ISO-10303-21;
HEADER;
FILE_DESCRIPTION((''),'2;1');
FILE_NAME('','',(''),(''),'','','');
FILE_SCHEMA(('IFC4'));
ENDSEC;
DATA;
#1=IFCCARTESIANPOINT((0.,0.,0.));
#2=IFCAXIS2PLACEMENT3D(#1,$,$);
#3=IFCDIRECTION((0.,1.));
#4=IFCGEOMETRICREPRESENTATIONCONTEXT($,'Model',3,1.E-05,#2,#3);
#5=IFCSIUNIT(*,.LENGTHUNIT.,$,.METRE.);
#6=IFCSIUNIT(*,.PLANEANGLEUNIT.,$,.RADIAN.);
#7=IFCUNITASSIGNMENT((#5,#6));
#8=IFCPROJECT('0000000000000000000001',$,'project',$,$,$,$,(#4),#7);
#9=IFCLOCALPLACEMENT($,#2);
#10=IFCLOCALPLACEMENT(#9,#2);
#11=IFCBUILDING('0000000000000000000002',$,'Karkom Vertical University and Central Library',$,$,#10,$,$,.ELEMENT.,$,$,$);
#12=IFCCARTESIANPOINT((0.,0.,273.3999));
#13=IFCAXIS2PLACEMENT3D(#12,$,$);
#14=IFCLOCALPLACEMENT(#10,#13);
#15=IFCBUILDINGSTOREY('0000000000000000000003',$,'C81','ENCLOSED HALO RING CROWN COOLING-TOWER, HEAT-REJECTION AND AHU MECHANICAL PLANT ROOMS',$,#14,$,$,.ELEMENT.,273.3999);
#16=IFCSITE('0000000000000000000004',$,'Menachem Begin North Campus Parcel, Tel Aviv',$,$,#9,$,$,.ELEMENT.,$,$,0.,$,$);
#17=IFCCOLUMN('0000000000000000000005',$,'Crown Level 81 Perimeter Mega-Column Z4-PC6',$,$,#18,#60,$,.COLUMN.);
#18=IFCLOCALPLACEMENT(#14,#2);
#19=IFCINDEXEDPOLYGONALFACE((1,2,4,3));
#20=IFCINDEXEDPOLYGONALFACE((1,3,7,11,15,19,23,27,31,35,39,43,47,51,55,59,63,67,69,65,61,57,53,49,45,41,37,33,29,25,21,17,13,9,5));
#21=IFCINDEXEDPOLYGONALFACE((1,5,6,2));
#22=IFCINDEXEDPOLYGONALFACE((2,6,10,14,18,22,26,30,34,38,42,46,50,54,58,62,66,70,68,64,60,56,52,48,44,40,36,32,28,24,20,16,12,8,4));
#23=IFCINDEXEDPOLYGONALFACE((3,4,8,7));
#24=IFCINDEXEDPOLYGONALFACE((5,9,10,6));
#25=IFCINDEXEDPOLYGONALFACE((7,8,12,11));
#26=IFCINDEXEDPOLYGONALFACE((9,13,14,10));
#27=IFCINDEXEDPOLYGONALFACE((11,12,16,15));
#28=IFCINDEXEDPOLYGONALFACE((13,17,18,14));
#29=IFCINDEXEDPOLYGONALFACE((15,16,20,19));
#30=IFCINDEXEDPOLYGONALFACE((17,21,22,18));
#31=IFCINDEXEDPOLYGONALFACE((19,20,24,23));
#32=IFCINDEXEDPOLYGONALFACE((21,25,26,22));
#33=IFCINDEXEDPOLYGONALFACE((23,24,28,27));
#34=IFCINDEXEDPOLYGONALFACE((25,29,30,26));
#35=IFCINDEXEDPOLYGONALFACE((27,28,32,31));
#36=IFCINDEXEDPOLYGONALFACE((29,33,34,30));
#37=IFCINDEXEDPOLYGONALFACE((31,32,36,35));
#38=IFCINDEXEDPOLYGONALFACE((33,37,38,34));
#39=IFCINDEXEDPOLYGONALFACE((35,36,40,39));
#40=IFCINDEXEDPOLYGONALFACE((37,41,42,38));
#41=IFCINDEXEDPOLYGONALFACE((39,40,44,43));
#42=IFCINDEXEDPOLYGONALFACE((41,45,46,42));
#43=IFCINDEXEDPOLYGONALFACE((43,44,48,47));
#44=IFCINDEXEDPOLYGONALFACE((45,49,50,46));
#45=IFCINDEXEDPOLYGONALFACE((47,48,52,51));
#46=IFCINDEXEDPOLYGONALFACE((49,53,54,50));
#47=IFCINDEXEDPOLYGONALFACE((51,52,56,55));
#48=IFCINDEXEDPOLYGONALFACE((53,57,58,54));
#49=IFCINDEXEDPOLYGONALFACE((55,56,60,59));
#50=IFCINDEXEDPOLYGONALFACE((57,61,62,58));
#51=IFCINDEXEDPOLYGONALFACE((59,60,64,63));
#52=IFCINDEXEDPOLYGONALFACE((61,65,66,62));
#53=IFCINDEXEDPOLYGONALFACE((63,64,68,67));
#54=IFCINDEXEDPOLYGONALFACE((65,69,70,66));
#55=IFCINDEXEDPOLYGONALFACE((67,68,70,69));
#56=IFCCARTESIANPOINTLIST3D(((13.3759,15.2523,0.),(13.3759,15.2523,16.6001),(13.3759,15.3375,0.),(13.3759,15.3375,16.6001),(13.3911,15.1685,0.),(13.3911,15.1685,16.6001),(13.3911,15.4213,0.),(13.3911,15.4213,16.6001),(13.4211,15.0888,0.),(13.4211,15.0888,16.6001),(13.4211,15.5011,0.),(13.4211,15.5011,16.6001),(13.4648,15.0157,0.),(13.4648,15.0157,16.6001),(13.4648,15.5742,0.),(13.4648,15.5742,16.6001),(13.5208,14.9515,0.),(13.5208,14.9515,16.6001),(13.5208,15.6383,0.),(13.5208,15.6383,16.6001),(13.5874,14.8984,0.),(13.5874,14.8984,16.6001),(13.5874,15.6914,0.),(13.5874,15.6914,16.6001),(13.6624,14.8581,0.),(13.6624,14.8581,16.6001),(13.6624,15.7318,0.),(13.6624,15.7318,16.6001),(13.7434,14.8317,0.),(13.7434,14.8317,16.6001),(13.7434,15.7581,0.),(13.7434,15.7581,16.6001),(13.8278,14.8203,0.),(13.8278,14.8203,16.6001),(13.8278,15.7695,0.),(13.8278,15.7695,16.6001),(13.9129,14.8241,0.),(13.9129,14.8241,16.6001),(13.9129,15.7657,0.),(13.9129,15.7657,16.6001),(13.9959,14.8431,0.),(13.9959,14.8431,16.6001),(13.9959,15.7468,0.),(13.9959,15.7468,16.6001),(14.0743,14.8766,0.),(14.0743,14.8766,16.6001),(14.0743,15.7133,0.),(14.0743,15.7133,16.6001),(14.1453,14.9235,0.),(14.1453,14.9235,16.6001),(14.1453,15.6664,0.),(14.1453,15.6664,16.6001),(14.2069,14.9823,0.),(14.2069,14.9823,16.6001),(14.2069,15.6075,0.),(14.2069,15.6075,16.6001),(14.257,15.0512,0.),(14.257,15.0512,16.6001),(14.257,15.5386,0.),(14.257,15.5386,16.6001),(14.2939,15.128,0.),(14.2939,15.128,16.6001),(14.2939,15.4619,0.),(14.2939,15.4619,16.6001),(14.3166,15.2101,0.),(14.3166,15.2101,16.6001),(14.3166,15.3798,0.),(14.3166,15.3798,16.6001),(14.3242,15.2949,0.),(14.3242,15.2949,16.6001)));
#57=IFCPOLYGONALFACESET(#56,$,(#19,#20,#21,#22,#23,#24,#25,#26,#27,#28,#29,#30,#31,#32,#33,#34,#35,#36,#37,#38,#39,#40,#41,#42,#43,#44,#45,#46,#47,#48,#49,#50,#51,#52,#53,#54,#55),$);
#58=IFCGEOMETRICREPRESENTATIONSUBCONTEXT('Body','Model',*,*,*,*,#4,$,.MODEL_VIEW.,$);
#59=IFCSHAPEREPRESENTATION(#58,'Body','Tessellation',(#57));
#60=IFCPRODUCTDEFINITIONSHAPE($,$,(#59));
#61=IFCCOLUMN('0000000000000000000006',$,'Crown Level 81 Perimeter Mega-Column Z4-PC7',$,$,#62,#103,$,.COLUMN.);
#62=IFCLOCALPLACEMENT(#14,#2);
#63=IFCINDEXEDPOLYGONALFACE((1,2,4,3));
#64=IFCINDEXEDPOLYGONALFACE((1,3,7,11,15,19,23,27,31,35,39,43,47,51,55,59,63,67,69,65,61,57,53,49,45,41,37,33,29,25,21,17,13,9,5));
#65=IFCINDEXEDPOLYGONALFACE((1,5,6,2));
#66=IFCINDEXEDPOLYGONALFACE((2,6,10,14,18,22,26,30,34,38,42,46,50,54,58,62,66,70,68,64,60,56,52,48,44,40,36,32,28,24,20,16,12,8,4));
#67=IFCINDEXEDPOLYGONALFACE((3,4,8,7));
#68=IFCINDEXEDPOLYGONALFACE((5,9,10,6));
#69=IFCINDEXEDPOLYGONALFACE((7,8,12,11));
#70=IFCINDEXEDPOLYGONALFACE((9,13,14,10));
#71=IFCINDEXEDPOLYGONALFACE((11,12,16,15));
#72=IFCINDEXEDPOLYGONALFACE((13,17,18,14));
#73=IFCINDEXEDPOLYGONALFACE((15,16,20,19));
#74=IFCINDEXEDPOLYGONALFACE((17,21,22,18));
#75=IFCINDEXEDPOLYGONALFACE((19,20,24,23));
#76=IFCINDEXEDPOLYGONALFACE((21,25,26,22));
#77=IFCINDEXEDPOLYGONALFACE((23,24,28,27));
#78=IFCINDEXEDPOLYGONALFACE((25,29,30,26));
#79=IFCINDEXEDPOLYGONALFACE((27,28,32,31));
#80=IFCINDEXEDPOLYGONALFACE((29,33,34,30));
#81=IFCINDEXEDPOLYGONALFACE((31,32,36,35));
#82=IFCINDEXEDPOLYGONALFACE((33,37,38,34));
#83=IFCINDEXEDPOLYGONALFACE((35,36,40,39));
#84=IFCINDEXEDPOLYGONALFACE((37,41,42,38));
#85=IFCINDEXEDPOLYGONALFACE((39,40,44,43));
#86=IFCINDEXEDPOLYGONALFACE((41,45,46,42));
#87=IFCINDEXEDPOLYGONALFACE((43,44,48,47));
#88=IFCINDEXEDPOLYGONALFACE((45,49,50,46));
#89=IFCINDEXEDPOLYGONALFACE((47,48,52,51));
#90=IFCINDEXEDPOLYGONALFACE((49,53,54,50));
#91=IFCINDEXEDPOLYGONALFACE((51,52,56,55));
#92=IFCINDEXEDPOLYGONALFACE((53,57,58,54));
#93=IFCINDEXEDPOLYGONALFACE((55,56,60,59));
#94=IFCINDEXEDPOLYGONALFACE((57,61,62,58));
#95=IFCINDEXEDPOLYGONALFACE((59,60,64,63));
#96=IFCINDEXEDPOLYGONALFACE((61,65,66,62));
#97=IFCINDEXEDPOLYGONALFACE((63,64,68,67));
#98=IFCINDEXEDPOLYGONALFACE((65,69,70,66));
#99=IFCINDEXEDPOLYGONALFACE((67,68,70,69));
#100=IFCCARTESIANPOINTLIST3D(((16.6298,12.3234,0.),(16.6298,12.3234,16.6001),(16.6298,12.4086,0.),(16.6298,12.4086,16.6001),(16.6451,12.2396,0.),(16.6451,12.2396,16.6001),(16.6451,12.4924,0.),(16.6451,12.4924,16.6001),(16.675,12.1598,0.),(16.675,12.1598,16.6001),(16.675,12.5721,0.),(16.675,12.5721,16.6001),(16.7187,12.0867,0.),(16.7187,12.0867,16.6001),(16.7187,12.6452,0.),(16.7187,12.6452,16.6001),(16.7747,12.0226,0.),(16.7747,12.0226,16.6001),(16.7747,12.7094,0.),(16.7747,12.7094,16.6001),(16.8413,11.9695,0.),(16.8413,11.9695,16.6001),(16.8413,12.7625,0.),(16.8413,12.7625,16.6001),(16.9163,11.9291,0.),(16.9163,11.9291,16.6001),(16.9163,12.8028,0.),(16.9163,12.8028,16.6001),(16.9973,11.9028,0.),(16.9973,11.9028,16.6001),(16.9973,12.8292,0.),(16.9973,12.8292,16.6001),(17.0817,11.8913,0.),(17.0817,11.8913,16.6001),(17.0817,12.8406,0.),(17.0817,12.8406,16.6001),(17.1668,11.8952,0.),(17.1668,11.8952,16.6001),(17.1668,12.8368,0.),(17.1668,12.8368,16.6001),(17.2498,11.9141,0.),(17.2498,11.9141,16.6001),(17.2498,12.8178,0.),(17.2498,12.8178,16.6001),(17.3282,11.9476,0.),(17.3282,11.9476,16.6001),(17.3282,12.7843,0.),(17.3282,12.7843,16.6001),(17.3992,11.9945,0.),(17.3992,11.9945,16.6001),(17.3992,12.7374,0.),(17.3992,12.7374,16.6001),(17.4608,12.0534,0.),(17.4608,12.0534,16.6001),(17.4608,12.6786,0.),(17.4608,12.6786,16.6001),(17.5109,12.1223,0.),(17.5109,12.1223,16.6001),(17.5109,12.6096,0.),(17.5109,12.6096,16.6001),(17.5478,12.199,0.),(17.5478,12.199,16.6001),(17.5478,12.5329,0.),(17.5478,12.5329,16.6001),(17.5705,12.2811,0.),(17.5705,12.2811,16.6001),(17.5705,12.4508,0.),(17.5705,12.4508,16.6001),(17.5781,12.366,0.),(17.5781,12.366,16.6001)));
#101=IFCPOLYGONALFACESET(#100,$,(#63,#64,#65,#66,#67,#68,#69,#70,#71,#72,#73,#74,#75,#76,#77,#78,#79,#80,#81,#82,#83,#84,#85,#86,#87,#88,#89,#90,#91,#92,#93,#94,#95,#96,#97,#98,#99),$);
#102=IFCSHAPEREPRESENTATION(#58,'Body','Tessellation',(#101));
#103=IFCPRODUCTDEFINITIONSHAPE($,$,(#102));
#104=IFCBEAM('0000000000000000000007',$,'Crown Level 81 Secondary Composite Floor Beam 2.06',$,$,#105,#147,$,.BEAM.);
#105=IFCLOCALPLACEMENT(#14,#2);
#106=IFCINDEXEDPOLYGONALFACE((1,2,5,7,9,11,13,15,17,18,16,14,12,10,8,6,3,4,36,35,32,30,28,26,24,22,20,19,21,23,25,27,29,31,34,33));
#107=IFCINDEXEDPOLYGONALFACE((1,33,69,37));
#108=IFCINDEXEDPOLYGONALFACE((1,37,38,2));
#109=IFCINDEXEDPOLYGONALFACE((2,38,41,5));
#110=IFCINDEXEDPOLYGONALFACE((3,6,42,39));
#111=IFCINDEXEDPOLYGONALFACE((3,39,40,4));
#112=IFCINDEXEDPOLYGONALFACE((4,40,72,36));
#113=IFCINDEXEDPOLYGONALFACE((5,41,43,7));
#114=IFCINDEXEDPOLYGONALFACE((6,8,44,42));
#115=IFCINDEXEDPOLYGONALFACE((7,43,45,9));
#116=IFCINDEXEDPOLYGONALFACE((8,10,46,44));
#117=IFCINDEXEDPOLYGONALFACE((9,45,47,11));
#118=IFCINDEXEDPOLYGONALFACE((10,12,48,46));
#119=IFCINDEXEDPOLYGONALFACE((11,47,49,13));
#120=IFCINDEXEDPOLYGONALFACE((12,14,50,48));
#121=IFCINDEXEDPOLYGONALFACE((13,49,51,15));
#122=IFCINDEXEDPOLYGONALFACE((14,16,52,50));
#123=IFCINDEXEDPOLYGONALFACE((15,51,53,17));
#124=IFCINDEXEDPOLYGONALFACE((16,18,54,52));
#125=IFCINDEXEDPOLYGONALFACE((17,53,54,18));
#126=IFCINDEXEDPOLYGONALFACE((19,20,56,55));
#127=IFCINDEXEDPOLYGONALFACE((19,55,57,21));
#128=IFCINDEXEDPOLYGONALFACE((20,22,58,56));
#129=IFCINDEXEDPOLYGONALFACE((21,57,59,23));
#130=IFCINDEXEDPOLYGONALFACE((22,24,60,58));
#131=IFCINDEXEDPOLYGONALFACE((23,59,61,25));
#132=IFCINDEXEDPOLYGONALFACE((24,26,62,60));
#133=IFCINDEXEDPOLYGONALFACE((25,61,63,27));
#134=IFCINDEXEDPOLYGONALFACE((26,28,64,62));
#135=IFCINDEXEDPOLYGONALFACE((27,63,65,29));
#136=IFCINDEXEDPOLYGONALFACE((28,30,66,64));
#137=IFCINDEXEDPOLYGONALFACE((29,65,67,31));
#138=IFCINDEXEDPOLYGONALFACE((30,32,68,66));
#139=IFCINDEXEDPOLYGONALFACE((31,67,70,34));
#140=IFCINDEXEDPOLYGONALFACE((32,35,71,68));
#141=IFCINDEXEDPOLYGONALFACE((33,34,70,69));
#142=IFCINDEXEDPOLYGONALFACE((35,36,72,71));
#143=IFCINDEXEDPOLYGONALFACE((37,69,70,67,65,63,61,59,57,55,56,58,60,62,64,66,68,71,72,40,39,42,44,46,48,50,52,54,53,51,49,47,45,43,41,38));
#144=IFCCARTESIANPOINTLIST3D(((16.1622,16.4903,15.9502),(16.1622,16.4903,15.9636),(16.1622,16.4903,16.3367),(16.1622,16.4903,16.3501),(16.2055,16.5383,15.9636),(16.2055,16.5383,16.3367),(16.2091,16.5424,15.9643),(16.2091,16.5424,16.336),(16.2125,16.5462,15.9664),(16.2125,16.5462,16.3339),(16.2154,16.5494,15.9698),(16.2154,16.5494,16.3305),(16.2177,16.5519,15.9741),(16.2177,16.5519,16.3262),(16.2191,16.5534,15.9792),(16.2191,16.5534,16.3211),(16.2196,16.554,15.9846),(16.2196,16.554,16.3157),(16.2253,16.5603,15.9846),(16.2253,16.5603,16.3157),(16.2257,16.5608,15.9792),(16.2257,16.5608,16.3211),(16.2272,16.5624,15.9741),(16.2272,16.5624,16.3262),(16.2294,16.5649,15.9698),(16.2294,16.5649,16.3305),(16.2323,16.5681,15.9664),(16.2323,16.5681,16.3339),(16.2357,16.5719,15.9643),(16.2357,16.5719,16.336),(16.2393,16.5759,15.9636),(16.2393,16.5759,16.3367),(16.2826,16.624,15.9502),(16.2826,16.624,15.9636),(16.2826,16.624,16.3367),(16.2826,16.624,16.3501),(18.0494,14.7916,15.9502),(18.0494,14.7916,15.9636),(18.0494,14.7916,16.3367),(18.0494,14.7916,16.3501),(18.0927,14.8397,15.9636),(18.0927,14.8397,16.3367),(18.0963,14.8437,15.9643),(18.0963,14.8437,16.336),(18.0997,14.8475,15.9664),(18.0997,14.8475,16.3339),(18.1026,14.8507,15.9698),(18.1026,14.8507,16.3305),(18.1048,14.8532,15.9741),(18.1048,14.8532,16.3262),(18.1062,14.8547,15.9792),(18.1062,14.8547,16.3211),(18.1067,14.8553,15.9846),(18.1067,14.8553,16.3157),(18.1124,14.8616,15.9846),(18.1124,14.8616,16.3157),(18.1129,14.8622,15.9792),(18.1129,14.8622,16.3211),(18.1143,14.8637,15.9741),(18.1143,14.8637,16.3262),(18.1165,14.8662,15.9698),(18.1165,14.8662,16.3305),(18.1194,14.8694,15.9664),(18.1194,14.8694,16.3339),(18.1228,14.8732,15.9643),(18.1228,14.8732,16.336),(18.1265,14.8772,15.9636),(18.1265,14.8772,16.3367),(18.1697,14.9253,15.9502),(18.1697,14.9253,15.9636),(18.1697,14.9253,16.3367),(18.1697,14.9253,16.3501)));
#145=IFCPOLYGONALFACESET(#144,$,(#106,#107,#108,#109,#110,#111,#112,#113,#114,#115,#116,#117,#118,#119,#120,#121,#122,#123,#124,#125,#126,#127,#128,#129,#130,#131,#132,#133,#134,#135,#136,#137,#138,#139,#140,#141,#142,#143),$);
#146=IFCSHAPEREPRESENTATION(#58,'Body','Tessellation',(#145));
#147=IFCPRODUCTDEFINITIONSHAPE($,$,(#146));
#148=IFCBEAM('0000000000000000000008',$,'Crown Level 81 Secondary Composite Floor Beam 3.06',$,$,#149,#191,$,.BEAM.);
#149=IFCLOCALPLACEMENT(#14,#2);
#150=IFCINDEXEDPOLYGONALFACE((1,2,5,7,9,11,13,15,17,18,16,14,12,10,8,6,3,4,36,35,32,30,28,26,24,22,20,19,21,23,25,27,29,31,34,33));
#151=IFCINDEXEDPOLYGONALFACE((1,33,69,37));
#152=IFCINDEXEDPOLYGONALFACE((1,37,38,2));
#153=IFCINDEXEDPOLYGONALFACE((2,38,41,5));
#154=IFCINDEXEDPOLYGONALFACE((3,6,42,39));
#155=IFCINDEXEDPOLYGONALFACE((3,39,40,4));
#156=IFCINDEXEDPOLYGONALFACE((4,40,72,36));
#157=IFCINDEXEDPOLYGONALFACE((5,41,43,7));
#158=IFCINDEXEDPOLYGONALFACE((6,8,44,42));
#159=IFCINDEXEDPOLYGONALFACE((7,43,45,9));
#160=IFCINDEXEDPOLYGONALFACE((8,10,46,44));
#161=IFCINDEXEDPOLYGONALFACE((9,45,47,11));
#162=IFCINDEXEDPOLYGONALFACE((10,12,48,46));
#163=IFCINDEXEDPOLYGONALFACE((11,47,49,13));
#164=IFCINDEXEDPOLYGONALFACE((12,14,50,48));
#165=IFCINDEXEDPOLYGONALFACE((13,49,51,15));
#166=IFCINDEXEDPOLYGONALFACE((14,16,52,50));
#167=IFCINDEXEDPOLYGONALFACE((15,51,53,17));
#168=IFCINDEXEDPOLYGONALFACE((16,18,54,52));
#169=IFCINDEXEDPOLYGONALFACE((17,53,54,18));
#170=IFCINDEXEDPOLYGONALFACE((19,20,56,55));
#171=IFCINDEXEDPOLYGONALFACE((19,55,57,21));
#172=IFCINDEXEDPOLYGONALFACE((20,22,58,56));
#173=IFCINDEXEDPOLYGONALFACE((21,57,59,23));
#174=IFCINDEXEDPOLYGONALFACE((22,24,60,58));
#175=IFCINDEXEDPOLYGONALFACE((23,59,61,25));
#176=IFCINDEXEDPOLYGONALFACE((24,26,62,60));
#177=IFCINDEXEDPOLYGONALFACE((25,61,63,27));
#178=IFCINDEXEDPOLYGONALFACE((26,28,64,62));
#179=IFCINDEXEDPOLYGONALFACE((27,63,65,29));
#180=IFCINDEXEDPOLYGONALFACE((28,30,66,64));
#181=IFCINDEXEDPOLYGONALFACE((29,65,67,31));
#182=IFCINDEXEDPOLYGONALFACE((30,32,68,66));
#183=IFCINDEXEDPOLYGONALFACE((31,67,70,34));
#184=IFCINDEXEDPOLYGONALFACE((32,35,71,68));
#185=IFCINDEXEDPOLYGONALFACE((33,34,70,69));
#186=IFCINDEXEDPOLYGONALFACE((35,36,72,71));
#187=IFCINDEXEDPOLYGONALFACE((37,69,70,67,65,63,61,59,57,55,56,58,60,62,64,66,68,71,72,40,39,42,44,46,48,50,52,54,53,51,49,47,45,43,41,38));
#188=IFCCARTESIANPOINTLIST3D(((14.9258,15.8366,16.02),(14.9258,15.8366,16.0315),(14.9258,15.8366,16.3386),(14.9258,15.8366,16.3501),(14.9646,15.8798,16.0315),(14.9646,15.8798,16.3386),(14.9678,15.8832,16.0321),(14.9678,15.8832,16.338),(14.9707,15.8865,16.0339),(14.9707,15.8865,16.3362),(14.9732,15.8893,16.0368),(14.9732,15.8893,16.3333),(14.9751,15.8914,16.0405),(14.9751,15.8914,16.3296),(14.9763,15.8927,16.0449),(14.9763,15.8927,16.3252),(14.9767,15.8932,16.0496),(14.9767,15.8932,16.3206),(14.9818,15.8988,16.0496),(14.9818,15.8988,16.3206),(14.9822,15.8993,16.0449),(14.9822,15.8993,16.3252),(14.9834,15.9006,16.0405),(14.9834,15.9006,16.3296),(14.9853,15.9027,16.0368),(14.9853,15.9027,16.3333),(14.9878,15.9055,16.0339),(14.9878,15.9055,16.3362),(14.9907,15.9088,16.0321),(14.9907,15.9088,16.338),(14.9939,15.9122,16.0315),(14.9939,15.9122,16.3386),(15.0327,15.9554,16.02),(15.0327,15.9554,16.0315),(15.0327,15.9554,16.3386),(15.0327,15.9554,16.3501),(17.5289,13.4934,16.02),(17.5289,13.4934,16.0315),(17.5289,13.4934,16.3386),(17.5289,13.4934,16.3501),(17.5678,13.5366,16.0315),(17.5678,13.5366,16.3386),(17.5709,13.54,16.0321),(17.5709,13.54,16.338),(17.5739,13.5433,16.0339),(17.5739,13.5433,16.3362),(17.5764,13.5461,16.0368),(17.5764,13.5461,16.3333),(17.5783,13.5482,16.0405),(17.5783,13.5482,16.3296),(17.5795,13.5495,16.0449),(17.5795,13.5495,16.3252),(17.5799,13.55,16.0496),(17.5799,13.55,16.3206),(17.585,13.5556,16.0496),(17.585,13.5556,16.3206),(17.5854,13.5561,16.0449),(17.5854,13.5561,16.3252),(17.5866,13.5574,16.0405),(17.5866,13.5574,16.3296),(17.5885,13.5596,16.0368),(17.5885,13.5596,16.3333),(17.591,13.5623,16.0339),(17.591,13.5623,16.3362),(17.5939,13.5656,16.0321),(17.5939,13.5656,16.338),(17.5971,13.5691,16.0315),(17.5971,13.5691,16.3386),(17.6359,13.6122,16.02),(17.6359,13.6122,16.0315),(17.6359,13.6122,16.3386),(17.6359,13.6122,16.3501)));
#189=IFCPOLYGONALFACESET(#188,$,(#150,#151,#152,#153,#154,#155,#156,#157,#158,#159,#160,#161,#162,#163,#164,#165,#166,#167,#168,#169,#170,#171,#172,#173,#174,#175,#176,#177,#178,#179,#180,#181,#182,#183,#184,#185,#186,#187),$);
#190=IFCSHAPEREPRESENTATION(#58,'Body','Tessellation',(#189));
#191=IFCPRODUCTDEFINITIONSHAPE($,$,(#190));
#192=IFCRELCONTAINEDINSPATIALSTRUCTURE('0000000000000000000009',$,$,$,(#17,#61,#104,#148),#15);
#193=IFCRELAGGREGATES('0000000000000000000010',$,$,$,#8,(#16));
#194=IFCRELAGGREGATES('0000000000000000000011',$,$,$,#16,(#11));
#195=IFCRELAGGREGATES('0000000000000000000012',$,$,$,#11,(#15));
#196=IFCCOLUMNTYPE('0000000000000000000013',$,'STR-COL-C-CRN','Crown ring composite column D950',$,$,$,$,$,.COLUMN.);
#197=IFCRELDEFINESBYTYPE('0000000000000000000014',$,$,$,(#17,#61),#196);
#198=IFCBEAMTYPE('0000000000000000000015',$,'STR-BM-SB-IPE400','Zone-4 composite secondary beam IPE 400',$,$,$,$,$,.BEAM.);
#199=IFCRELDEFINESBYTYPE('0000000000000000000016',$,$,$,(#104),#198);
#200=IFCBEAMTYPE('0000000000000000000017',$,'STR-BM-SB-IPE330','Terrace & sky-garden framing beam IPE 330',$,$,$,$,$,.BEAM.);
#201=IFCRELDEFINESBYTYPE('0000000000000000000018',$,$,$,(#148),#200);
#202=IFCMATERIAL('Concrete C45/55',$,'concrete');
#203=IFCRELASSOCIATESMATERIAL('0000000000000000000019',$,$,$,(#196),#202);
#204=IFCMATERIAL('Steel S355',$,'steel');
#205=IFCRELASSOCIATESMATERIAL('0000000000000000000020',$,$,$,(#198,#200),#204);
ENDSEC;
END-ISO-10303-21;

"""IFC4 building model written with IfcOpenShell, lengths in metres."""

from ifc_helpers import new_model, si_unit, direction, frame, origin, origin_with_axes, origin_2d, place, context, subcontext, project, spatial, circle, i_section, extrude, source, transform, mapped, material, material_profile, profile_set, type_object, element, save


model = new_model("IFC4")

# Units and contexts
model_context = context("Model", 3, precision=1e-05, world=origin(), true_north=direction((0.0, 1.0)))
body_context = subcontext(model_context, "Body", "Model", "MODEL_VIEW")
ifc_project = project(units=[si_unit("LENGTHUNIT", "METRE"), si_unit("PLANEANGLEUNIT", "RADIAN")], contexts=[model_context])

# Site, building, storey
site_placement = place(None, origin())
site = spatial("IfcSite", under=ifc_project, at=site_placement, Name="Menachem Begin North Campus Parcel, Tel Aviv", CompositionType="ELEMENT", RefElevation=0.0)
building_placement = place(site_placement, origin())
building = spatial("IfcBuilding", under=site, at=building_placement, Name="Karkom Vertical University and Central Library", CompositionType="ELEMENT")
storey_placement = place(building_placement, frame((0.0, 0.0, 273.3999)))
storey = spatial("IfcBuildingStorey", under=building, at=storey_placement, Name="C81", Description="ENCLOSED HALO RING CROWN COOLING-TOWER, HEAT-REJECTION AND AHU MECHANICAL PLANT ROOMS", CompositionType="ELEMENT", Elevation=273.3999)

# Columns
ifc_material_1 = material(Name="Concrete C45/55", Category="concrete")
ifc_material_profile_1 = material_profile(ifc_material_1, circle(Radius=0.4751, at=origin_2d()), Name="CFT-D950")
ifc_profile_set_1 = profile_set([ifc_material_profile_1], Name="Concrete C45/55")
column_type = type_object("IfcColumnType", Name="STR-COL-C-CRN", Description="Crown ring composite column D950", PredefinedType="COLUMN", material=ifc_profile_set_1)
shared_shape_1 = source(origin_with_axes(), body_context, "Body", "SweptSolid", [
    extrude(circle(Radius=0.4751, at=origin_2d()), origin(), (0.0, 0.0, 1.0), 16.6001),
])
for number, where, z_axis, x_axis, name in (
    (1, (13.8491, 15.2949, 0.0), (0.0, 0.0, 1.0), (1.0, 0.0, 0.0), "Crown Level 81 Perimeter Mega-Column Z4-PC6"),
    (2, (17.103, 12.366, 0.0), (0.0, 0.0, 1.0), (1.0, 0.0, 0.0), "Crown Level 81 Perimeter Mega-Column Z4-PC7"),
):
    element("IfcColumn", number, at=place(storey_placement, frame(where, z_axis=z_axis, x_axis=x_axis)), inside=storey, type_object=column_type, Name=name, PredefinedType="COLUMN", context=body_context, shape_type="MappedRepresentation", body=[
        mapped(shared_shape_1, transform((0.0, 0.0, 0.0), scale=1.0)),
    ])

# Beams
ifc_material_2 = material(Name="Steel S355", Category="steel")
ifc_material_profile_2 = material_profile(ifc_material_2, i_section(OverallWidth=0.1799, OverallDepth=0.3999, WebThickness=0.0085, FlangeThickness=0.0134, FilletRadius=0.021, at=origin_2d()), Name="IPE 400")
ifc_profile_set_2 = profile_set([ifc_material_profile_2], Name="Steel S355")
beam_type_1 = type_object("IfcBeamType", Name="STR-BM-SB-IPE400", Description="Zone-4 composite secondary beam IPE 400", PredefinedType="BEAM", material=ifc_profile_set_2)
shared_shape_2 = source(origin_with_axes(), body_context, "Body", "SweptSolid", [
    extrude(i_section(OverallWidth=0.1799, OverallDepth=0.3999, WebThickness=0.0085, FlangeThickness=0.0134, FilletRadius=0.021, at=origin_2d()), origin(), (0.0, 0.0, 1.0), 2.5391),
])
beam_1_placement = place(storey_placement, frame((16.2224, 16.5571, 16.1501), z_axis=(0.743246, -0.669018, 0.0), x_axis=(0.669018, 0.743246, 0.0)))
element("IfcBeam", 3, at=beam_1_placement, inside=storey, type_object=beam_type_1, Name="Crown Level 81 Secondary Composite Floor Beam 2.06", PredefinedType="BEAM", context=body_context, shape_type="MappedRepresentation", body=[
    mapped(shared_shape_2, transform((0.0, 0.0, 0.0), scale=1.0)),
])
ifc_material_profile_3 = material_profile(ifc_material_2, i_section(OverallWidth=0.1599, OverallDepth=0.3301, WebThickness=0.0076, FlangeThickness=0.0115, FilletRadius=0.0181, at=origin_2d()), Name="IPE 330")
ifc_profile_set_3 = profile_set([ifc_material_profile_3], Name="Steel S355")
beam_type_2 = type_object("IfcBeamType", Name="STR-BM-SB-IPE330", Description="Terrace & sky-garden framing beam IPE 330", PredefinedType="BEAM", material=ifc_profile_set_3)
shared_shape_3 = source(origin_with_axes(), body_context, "Body", "SweptSolid", [
    extrude(i_section(OverallWidth=0.1599, OverallDepth=0.3301, WebThickness=0.0076, FlangeThickness=0.0115, FilletRadius=0.0181, at=origin_2d()), origin(), (0.0, 0.0, 1.0), 3.5024),
])
beam_2_placement = place(storey_placement, frame((14.9792, 15.896, 16.1851), z_axis=(0.743249, -0.669015, 0.0), x_axis=(0.669015, 0.743249, 0.0)))
element("IfcBeam", 4, at=beam_2_placement, inside=storey, type_object=beam_type_2, Name="Crown Level 81 Secondary Composite Floor Beam 3.06", PredefinedType="BEAM", context=body_context, shape_type="MappedRepresentation", body=[
    mapped(shared_shape_3, transform((0.0, 0.0, 0.0), scale=1.0)),
])

save(model, "model.ifc")
